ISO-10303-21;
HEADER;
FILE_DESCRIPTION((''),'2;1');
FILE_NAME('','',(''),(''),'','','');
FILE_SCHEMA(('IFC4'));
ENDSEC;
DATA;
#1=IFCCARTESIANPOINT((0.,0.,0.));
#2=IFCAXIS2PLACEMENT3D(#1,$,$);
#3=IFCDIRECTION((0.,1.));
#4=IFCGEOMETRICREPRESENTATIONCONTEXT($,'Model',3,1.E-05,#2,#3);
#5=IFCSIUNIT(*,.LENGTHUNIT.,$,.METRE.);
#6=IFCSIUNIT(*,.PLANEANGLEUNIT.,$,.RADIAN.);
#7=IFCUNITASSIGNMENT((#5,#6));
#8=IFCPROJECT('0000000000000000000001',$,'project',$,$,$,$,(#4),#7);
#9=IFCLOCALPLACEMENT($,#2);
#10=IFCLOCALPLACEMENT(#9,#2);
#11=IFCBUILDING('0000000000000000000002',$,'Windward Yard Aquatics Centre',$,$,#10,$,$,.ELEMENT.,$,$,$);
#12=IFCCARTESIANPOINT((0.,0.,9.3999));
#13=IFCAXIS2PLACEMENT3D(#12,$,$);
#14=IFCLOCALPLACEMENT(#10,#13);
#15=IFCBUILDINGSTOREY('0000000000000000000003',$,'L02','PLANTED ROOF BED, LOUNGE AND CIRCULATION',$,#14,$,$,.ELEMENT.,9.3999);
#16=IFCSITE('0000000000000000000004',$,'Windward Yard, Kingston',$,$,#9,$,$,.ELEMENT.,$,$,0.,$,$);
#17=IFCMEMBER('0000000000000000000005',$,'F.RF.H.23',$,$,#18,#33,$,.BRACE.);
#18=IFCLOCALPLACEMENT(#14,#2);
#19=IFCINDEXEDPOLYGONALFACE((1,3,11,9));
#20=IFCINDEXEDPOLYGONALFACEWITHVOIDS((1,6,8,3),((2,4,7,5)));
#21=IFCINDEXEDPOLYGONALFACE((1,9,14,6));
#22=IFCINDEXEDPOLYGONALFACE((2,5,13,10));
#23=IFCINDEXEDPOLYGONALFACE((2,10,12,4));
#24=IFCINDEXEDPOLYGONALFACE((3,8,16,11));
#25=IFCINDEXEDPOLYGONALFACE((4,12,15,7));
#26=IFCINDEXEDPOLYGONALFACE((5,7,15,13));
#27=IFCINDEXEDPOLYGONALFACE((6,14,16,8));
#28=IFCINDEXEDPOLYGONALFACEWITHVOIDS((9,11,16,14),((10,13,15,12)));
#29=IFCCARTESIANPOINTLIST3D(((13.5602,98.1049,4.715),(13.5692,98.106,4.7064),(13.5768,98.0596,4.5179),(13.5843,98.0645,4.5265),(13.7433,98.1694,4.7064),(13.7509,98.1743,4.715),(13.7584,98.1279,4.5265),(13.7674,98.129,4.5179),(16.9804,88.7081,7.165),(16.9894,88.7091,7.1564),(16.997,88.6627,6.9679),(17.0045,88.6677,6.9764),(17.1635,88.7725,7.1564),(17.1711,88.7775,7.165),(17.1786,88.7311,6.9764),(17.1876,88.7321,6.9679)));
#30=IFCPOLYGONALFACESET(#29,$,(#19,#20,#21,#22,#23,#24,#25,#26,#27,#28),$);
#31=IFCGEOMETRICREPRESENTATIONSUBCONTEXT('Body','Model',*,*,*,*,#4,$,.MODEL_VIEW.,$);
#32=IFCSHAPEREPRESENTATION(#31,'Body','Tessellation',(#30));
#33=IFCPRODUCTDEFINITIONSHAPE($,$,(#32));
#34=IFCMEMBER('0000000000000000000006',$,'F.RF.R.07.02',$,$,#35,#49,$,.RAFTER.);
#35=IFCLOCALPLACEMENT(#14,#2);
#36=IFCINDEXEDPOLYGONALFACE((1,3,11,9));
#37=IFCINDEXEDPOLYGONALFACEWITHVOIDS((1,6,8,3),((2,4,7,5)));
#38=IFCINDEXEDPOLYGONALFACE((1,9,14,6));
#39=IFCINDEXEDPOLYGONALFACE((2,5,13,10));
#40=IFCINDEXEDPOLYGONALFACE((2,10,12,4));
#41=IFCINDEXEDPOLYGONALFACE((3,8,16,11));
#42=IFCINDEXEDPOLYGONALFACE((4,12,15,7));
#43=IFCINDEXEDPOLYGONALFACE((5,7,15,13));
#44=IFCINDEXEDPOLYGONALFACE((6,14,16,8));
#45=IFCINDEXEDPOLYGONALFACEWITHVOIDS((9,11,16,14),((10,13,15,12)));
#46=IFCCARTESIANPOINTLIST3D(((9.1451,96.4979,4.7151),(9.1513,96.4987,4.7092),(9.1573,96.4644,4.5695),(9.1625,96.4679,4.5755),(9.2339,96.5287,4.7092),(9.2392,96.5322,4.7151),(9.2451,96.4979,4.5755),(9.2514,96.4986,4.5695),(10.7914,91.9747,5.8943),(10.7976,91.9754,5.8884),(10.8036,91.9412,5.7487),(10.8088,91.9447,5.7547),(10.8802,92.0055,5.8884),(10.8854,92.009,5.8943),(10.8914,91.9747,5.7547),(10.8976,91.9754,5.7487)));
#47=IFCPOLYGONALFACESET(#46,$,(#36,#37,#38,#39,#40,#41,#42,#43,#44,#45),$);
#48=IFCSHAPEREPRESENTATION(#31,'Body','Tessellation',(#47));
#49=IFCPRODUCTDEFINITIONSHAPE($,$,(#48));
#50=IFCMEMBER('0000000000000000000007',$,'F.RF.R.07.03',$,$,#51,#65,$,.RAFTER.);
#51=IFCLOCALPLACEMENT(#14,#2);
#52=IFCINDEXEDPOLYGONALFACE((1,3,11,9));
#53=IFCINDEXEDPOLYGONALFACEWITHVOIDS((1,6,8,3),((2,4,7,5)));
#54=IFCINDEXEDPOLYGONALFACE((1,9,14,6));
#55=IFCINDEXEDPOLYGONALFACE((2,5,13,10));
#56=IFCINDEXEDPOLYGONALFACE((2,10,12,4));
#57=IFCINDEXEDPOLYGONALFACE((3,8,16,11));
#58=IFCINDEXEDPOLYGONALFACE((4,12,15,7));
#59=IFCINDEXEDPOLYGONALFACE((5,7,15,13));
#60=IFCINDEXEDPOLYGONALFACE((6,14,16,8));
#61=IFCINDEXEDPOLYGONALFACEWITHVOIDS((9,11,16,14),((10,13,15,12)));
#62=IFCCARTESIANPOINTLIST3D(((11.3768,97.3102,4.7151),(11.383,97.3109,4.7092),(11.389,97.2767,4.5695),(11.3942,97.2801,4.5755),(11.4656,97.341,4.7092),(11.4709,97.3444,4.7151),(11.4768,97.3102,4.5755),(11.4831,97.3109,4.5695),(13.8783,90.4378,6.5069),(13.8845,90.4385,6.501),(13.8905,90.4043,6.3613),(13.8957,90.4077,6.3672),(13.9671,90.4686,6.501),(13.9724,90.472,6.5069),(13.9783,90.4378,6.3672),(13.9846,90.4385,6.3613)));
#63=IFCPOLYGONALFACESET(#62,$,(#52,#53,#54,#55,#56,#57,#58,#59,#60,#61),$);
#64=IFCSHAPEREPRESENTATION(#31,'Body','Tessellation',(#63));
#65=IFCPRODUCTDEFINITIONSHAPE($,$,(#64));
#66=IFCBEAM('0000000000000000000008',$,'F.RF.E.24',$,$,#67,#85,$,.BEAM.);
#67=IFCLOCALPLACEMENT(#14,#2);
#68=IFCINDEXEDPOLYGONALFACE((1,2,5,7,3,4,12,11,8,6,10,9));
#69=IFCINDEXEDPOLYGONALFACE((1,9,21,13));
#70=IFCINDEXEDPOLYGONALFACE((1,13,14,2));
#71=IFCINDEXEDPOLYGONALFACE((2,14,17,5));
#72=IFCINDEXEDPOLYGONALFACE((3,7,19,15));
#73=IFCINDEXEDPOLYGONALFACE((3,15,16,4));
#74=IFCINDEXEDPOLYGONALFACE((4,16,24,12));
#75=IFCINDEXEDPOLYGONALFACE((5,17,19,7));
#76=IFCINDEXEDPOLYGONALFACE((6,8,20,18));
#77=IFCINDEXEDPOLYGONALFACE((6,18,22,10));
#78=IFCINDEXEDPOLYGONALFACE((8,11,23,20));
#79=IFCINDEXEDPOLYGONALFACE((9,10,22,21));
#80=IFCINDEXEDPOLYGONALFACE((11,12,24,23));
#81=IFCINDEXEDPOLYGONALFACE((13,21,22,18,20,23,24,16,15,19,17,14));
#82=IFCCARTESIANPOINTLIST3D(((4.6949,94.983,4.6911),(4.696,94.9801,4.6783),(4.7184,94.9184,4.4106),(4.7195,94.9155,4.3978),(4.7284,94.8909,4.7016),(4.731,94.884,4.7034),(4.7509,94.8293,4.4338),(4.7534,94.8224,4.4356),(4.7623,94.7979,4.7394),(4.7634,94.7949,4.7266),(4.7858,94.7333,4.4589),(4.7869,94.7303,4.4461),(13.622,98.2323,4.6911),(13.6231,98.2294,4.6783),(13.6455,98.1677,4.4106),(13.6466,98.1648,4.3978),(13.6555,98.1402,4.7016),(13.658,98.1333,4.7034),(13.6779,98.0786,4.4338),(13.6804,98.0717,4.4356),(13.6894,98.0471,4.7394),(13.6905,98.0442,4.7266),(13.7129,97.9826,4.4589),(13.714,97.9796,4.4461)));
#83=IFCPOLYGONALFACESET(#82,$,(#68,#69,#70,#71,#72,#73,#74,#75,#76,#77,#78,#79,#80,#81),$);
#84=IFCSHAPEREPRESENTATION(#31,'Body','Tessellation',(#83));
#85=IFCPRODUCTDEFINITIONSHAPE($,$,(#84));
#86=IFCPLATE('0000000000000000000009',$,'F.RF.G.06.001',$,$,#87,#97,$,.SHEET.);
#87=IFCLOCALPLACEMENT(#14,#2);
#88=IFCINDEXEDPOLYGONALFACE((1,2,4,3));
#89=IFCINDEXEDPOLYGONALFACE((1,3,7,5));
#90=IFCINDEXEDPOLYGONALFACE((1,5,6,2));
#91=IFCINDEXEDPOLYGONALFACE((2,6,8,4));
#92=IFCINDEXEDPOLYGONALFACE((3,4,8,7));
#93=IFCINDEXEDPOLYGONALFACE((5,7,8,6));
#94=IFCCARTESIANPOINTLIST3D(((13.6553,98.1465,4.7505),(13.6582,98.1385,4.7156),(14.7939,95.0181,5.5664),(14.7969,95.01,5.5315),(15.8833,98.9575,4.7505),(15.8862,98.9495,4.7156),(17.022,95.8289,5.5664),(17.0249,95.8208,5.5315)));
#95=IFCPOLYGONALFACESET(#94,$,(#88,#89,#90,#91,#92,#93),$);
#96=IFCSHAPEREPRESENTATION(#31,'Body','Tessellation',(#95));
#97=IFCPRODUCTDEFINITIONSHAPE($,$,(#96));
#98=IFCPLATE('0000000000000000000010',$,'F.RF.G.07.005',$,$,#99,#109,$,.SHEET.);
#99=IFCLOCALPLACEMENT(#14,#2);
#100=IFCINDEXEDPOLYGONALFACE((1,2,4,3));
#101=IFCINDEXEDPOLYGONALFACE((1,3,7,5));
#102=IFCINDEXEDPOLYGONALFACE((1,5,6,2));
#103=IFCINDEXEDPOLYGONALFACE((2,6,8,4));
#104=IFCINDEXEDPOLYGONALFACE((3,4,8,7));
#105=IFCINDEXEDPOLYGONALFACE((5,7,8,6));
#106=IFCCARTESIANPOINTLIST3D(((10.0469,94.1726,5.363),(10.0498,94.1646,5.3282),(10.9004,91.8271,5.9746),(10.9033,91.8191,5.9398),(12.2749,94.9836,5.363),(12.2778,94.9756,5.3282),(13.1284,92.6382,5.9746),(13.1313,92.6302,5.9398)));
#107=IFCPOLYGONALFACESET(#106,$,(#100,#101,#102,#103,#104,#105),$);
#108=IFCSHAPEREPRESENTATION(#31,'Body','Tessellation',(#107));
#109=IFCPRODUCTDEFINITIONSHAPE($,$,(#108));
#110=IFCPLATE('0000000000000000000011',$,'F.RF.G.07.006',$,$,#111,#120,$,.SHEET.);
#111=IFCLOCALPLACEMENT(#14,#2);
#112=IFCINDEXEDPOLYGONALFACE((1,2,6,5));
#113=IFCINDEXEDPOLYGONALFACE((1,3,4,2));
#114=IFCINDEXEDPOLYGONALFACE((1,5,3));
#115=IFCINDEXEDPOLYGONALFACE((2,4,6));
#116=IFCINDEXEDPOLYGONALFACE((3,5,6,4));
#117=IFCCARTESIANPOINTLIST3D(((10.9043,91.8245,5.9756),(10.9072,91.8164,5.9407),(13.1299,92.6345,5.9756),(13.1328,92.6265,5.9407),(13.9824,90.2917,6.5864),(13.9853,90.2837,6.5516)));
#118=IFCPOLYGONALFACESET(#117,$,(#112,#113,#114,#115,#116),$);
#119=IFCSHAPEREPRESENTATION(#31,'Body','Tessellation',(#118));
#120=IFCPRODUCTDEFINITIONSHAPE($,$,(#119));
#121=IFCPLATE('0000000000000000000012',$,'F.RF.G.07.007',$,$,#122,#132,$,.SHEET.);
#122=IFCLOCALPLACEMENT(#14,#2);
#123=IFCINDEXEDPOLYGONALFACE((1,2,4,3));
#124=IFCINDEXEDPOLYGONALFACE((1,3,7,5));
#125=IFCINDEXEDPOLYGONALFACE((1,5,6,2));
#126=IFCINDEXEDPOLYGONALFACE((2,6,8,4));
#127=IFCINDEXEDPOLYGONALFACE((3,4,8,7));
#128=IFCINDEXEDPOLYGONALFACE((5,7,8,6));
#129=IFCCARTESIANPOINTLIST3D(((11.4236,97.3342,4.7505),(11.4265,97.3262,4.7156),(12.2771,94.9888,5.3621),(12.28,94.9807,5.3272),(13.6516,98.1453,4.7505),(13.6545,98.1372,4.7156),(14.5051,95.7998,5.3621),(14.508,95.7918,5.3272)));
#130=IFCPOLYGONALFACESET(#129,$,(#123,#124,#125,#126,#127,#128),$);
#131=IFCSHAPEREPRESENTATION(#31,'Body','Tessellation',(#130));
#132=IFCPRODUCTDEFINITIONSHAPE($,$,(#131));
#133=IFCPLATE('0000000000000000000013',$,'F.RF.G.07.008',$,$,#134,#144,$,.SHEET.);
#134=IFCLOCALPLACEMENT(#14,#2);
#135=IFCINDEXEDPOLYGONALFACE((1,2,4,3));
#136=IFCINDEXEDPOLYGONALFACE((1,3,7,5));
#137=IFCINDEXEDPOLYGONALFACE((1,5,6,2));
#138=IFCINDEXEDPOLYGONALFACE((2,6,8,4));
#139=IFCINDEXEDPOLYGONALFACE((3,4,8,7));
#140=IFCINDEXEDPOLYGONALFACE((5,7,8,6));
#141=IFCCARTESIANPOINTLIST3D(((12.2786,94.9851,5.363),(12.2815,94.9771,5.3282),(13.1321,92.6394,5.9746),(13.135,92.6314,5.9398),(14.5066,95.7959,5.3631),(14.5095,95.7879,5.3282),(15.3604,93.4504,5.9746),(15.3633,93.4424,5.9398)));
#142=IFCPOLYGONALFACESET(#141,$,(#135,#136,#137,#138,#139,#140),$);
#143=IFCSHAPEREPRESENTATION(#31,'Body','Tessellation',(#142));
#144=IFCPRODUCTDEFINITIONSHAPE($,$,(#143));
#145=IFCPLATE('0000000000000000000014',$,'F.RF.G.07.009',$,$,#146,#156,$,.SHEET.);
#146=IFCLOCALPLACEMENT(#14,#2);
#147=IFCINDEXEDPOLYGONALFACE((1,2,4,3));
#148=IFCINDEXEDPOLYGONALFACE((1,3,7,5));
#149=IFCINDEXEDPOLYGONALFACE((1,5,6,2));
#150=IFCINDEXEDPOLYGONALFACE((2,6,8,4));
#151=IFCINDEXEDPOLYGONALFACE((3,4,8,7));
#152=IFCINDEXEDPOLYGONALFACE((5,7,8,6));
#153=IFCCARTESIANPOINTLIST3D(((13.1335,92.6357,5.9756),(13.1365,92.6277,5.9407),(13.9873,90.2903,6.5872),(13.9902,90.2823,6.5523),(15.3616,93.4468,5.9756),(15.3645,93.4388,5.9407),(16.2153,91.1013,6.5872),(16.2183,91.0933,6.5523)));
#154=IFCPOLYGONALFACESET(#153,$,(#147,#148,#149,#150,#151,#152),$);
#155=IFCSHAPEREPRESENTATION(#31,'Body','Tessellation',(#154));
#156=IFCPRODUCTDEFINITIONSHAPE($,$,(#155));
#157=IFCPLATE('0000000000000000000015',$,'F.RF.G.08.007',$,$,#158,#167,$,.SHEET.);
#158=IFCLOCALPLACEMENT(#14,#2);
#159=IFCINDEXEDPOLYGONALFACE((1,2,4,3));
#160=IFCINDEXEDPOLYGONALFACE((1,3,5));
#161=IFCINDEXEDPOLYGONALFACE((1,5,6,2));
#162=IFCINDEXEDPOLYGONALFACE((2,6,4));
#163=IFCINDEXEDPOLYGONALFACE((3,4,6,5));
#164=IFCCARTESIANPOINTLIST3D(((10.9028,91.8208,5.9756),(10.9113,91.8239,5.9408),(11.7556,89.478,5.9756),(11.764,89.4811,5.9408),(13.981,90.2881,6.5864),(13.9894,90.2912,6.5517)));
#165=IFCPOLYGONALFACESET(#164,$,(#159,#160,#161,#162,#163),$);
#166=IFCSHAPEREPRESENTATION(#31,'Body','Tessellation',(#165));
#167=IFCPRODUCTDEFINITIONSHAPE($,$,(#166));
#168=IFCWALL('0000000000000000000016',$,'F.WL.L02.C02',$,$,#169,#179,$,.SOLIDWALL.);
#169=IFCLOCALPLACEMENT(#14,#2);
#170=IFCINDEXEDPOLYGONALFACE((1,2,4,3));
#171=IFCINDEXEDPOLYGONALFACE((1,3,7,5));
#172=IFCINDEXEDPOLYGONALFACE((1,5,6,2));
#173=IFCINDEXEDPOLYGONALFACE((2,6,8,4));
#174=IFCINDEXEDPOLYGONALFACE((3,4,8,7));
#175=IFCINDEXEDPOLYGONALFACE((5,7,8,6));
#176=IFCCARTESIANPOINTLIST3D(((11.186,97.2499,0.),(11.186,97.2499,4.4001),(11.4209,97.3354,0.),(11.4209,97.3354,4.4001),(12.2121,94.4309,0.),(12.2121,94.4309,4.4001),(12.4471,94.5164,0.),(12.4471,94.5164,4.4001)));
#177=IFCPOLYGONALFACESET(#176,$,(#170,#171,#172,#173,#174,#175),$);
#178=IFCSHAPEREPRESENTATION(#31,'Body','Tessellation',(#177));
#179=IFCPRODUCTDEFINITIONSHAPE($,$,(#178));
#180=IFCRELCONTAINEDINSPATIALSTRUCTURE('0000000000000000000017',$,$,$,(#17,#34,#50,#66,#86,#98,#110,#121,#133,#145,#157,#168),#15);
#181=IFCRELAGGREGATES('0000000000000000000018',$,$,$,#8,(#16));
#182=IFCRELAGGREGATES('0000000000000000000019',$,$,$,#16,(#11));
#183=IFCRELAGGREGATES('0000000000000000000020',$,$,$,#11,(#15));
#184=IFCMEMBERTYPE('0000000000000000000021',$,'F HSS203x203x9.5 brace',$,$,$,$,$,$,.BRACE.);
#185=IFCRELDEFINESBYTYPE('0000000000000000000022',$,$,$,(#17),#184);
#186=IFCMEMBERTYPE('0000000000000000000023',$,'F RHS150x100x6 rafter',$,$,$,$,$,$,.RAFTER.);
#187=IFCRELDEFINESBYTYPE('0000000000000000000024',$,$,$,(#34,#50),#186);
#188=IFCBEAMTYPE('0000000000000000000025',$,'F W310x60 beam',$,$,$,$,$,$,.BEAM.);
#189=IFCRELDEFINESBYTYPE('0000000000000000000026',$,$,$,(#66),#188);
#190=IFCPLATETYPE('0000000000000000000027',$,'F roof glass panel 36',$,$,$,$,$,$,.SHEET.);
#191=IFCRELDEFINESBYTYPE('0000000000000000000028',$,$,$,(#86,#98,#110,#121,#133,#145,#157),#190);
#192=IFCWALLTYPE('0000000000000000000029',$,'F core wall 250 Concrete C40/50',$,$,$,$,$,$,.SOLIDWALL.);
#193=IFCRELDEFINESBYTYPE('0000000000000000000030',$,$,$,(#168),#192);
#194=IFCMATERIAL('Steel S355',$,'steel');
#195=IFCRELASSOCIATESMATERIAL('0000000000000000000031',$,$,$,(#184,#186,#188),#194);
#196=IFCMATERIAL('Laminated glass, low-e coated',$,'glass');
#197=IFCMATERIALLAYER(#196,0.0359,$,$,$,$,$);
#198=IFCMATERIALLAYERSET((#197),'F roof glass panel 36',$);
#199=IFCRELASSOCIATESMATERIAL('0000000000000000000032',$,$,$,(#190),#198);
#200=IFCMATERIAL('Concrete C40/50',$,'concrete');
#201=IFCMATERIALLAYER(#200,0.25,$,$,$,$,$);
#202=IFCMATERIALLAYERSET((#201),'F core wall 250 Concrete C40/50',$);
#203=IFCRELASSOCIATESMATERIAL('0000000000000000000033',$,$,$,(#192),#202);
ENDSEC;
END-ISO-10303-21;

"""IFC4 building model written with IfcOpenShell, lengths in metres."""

from ifc_helpers import new_model, si_unit, direction, frame, frame_2d, origin, origin_2d, place, context, subcontext, project, spatial, polyline, rectangle, hollow_rectangle, i_section, outline, extrude, material, layer, layer_set, material_profile, profile_set, type_object, element, save


model = new_model("IFC4")

# Units and contexts
model_context = context("Model", 3, precision=1e-05, world=origin(), true_north=direction((0.0, 1.0)))
body_context = subcontext(model_context, "Body", "Model", "MODEL_VIEW")
ifc_project = project(units=[si_unit("LENGTHUNIT", "METRE"), si_unit("PLANEANGLEUNIT", "RADIAN")], contexts=[model_context])

# Site, building, storey
site_placement = place(None, origin())
site = spatial("IfcSite", under=ifc_project, at=site_placement, Name="Windward Yard, Kingston", CompositionType="ELEMENT", RefElevation=0.0)
building_placement = place(site_placement, origin())
building = spatial("IfcBuilding", under=site, at=building_placement, Name="Windward Yard Aquatics Centre", CompositionType="ELEMENT")
storey_placement = place(building_placement, frame((0.0, 0.0, 9.3999)))
storey = spatial("IfcBuildingStorey", under=building, at=storey_placement, Name="L02", Description="PLANTED ROOF BED, LOUNGE AND CIRCULATION", CompositionType="ELEMENT", Elevation=9.3999)

# Members
ifc_material_1 = material(Name="Steel S355", Category="steel")
ifc_material_profile_1 = material_profile(ifc_material_1, hollow_rectangle(XDim=0.2029, YDim=0.2029, WallThickness=0.0088, at=origin_2d()), Name="HSS203x203x9.5")
ifc_profile_set_1 = profile_set([ifc_material_profile_1], Name="Steel S355")
member_type_1 = type_object("IfcMemberType", Name="F HSS203x203x9.5 brace", PredefinedType="BRACE", material=ifc_profile_set_1)
member_1_placement = place(storey_placement, frame((13.6638, 98.1169, 4.6165), z_axis=(0.332199, -0.912698, 0.237962), x_axis=(0.939691, 0.342023, 0.0)))
element("IfcMember", 1, at=member_1_placement, inside=storey, type_object=member_type_1, Name="F.RF.H.23", PredefinedType="BRACE", context=body_context, shape_type="SweptSolid", body=[
    extrude(hollow_rectangle(XDim=0.2029, YDim=0.2029, WallThickness=0.0088, at=origin_2d()), origin(), (0.0, 0.0, 1.0), 10.2957),
])
ifc_material_profile_2 = material_profile(ifc_material_1, hollow_rectangle(XDim=0.1001, YDim=0.1499, WallThickness=0.0061, at=origin_2d()), Name="RHS150x100x6")
ifc_profile_set_2 = profile_set([ifc_material_profile_2], Name="Steel S355")
member_type_2 = type_object("IfcMemberType", Name="F RHS150x100x6 rafter", PredefinedType="RAFTER", material=ifc_profile_set_2)
member_2_placement = place(storey_placement, frame((9.1982, 96.4983, 4.6423), z_axis=(0.332185, -0.912708, 0.237944), x_axis=(0.939697, 0.342008, 0.0)))
element("IfcMember", 2, at=member_2_placement, inside=storey, type_object=member_type_2, Name="F.RF.R.07.02", PredefinedType="RAFTER", context=body_context, shape_type="SweptSolid", body=[
    extrude(hollow_rectangle(XDim=0.1001, YDim=0.1499, WallThickness=0.0061, at=origin_2d()), origin(), (0.0, 0.0, 1.0), 4.9558),
])
member_3_placement = place(storey_placement, frame((11.4299, 97.3105, 4.6423), z_axis=(0.332213, -0.912694, 0.237957), x_axis=(0.939686, 0.342038, 0.0)))
element("IfcMember", 3, at=member_3_placement, inside=storey, type_object=member_type_2, Name="F.RF.R.07.03", PredefinedType="RAFTER", context=body_context, shape_type="SweptSolid", body=[
    extrude(hollow_rectangle(XDim=0.1001, YDim=0.1499, WallThickness=0.0061, at=origin_2d()), origin(), (0.0, 0.0, 1.0), 7.5298),
])

# Beam
ifc_material_profile_3 = material_profile(ifc_material_1, i_section(OverallWidth=0.2029, OverallDepth=0.302, WebThickness=0.0076, FlangeThickness=0.0132, at=origin_2d()), Name="W310x60")
ifc_profile_set_3 = profile_set([ifc_material_profile_3], Name="Steel S355")
beam_type = type_object("IfcBeamType", Name="F W310x60 beam", PredefinedType="BEAM", material=ifc_profile_set_3)
beam_placement = place(storey_placement, frame((13.668, 98.106, 4.5686), z_axis=(-0.939689, -0.34203, 0.0), x_axis=(0.332205, -0.912696, 0.237962)))
element("IfcBeam", 4, at=beam_placement, inside=storey, type_object=beam_type, Name="F.RF.E.24", PredefinedType="BEAM", context=body_context, shape_type="SweptSolid", body=[
    extrude(i_section(OverallWidth=0.2029, OverallDepth=0.302, WebThickness=0.0076, FlangeThickness=0.0132, at=origin_2d()), origin(), (0.0, 0.0, 1.0), 9.5),
])

# Plates
ifc_material_2 = material(Name="Laminated glass, low-e coated", Category="glass")
ifc_layer_1 = layer(ifc_material_2, 0.0359)
ifc_layer_set_1 = layer_set([ifc_layer_1], Name="F roof glass panel 36")
plate_type = type_object("IfcPlateType", Name="F roof glass panel 36", PredefinedType="SHEET", material=ifc_layer_set_1)
plate_1_placement = place(storey_placement, frame((13.6553, 98.1465, 4.7505), z_axis=(-0.081408, 0.223673, 0.971259), x_axis=(0.93968, 0.342055, -0.000011)))
element("IfcPlate", 5, at=plate_1_placement, inside=storey, type_object=plate_type, Name="F.RF.G.06.001", PredefinedType="SHEET", context=body_context, shape_type="SweptSolid", body=[
    extrude(outline(polyline([(0.0, 0.0), (2.3711, 0.0), (2.3709, -3.4279), (-0.0001, -3.4277), (0.0, 0.0)])), origin(), (0.0, 0.0, -1.0), 0.0359),
])
plate_2_placement = place(storey_placement, frame((10.0469, 94.1726, 5.363), z_axis=(-0.081405, 0.223632, 0.971268), x_axis=(0.939679, 0.342057, 0.0)))
element("IfcPlate", 6, at=plate_2_placement, inside=storey, type_object=plate_type, Name="F.RF.G.07.005", PredefinedType="SHEET", context=body_context, shape_type="SweptSolid", body=[
    extrude(outline(polyline([(0.0, 0.0), (2.3711, 0.0), (2.3708, -2.5698), (-0.0003, -2.5698), (0.0, 0.0)])), origin(), (0.0, 0.0, -1.0), 0.0359),
])
plate_3_placement = place(storey_placement, frame((10.9043, 91.8245, 5.9756), z_axis=(-0.081394, 0.223624, 0.971271), x_axis=(0.939691, 0.342024, 0.0)))
element("IfcPlate", 7, at=plate_3_placement, inside=storey, type_object=plate_type, Name="F.RF.G.07.006", PredefinedType="SHEET", context=body_context, shape_type="SweptSolid", body=[
    extrude(outline(polyline([(0.0, 0.0), (2.3684, 0.0), (2.3683, -2.5668), (0.0, 0.0)])), origin(), (0.0, 0.0, -1.0), 0.0359),
])
plate_4_placement = place(storey_placement, frame((11.4236, 97.3342, 4.7505), z_axis=(-0.081405, 0.223632, 0.971268), x_axis=(0.939679, 0.342057, 0.0)))
element("IfcPlate", 8, at=plate_4_placement, inside=storey, type_object=plate_type, Name="F.RF.G.07.007", PredefinedType="SHEET", context=body_context, shape_type="SweptSolid", body=[
    extrude(outline(polyline([(0.0, 0.0), (2.3711, 0.0), (2.3708, -2.5698), (-0.0003, -2.5698), (0.0, 0.0)])), origin(), (0.0, 0.0, -1.0), 0.0359),
])
plate_5_placement = place(storey_placement, frame((12.2786, 94.9851, 5.363), z_axis=(-0.081386, 0.223624, 0.971272), x_axis=(0.939712, 0.341968, 0.000007)))
element("IfcPlate", 9, at=plate_5_placement, inside=storey, type_object=plate_type, Name="F.RF.G.07.008", PredefinedType="SHEET", context=body_context, shape_type="SweptSolid", body=[
    extrude(outline(polyline([(0.0, 0.0), (2.371, 0.0), (2.3712, -2.5698), (-0.0001, -2.57), (0.0, 0.0)])), origin(), (0.0, 0.0, -1.0), 0.0359),
])
plate_6_placement = place(storey_placement, frame((13.1335, 92.6357, 5.9756), z_axis=(-0.081403, 0.223625, 0.97127), x_axis=(0.939679, 0.342057, 0.0)))
element("IfcPlate", 10, at=plate_6_placement, inside=storey, type_object=plate_type, Name="F.RF.G.07.009", PredefinedType="SHEET", context=body_context, shape_type="SweptSolid", body=[
    extrude(outline(polyline([(0.0, 0.0), (2.3711, 0.0), (2.371, -2.5698), (0.0, -2.5698), (0.0, 0.0)])), origin(), (0.0, 0.0, -1.0), 0.0359),
])
plate_7_placement = place(storey_placement, frame((10.9028, 91.8208, 5.9756), z_axis=(-0.234695, -0.08543, 0.968308), x_axis=(0.881366, -0.438865, 0.174903)))
element("IfcPlate", 11, at=plate_7_placement, inside=storey, type_object=plate_type, Name="F.RF.G.08.007", PredefinedType="SHEET", context=body_context, shape_type="SweptSolid", body=[
    extrude(outline(polyline([(0.0, 0.0), (3.4924, 0.0), (1.7798, -1.7459), (0.0, 0.0)])), origin(), (0.0, 0.0, -1.0), 0.0359),
])

# Wall
ifc_material_3 = material(Name="Concrete C40/50", Category="concrete")
ifc_layer_2 = layer(ifc_material_3, 0.25)
ifc_layer_set_2 = layer_set([ifc_layer_2], Name="F core wall 250 Concrete C40/50")
wall_type = type_object("IfcWallType", Name="F core wall 250 Concrete C40/50", PredefinedType="SOLIDWALL", material=ifc_layer_set_2)
wall_1_placement = place(storey_placement, frame((12.3296, 94.4736, 0.0), z_axis=(0.0, 0.0, 1.0), x_axis=(-0.342037, 0.939686, 0.0)))
element("IfcWall", 12, at=wall_1_placement, inside=storey, type_object=wall_type, Name="F.WL.L02.C02", PredefinedType="SOLIDWALL", context=body_context, shape_type="SweptSolid", body=[
    extrude(rectangle(XDim=3.0, YDim=0.25, at=frame_2d((1.5, 0.0))), origin(), (0.0, 0.0, 1.0), 4.4001),
])

save(model, "model.ifc")
